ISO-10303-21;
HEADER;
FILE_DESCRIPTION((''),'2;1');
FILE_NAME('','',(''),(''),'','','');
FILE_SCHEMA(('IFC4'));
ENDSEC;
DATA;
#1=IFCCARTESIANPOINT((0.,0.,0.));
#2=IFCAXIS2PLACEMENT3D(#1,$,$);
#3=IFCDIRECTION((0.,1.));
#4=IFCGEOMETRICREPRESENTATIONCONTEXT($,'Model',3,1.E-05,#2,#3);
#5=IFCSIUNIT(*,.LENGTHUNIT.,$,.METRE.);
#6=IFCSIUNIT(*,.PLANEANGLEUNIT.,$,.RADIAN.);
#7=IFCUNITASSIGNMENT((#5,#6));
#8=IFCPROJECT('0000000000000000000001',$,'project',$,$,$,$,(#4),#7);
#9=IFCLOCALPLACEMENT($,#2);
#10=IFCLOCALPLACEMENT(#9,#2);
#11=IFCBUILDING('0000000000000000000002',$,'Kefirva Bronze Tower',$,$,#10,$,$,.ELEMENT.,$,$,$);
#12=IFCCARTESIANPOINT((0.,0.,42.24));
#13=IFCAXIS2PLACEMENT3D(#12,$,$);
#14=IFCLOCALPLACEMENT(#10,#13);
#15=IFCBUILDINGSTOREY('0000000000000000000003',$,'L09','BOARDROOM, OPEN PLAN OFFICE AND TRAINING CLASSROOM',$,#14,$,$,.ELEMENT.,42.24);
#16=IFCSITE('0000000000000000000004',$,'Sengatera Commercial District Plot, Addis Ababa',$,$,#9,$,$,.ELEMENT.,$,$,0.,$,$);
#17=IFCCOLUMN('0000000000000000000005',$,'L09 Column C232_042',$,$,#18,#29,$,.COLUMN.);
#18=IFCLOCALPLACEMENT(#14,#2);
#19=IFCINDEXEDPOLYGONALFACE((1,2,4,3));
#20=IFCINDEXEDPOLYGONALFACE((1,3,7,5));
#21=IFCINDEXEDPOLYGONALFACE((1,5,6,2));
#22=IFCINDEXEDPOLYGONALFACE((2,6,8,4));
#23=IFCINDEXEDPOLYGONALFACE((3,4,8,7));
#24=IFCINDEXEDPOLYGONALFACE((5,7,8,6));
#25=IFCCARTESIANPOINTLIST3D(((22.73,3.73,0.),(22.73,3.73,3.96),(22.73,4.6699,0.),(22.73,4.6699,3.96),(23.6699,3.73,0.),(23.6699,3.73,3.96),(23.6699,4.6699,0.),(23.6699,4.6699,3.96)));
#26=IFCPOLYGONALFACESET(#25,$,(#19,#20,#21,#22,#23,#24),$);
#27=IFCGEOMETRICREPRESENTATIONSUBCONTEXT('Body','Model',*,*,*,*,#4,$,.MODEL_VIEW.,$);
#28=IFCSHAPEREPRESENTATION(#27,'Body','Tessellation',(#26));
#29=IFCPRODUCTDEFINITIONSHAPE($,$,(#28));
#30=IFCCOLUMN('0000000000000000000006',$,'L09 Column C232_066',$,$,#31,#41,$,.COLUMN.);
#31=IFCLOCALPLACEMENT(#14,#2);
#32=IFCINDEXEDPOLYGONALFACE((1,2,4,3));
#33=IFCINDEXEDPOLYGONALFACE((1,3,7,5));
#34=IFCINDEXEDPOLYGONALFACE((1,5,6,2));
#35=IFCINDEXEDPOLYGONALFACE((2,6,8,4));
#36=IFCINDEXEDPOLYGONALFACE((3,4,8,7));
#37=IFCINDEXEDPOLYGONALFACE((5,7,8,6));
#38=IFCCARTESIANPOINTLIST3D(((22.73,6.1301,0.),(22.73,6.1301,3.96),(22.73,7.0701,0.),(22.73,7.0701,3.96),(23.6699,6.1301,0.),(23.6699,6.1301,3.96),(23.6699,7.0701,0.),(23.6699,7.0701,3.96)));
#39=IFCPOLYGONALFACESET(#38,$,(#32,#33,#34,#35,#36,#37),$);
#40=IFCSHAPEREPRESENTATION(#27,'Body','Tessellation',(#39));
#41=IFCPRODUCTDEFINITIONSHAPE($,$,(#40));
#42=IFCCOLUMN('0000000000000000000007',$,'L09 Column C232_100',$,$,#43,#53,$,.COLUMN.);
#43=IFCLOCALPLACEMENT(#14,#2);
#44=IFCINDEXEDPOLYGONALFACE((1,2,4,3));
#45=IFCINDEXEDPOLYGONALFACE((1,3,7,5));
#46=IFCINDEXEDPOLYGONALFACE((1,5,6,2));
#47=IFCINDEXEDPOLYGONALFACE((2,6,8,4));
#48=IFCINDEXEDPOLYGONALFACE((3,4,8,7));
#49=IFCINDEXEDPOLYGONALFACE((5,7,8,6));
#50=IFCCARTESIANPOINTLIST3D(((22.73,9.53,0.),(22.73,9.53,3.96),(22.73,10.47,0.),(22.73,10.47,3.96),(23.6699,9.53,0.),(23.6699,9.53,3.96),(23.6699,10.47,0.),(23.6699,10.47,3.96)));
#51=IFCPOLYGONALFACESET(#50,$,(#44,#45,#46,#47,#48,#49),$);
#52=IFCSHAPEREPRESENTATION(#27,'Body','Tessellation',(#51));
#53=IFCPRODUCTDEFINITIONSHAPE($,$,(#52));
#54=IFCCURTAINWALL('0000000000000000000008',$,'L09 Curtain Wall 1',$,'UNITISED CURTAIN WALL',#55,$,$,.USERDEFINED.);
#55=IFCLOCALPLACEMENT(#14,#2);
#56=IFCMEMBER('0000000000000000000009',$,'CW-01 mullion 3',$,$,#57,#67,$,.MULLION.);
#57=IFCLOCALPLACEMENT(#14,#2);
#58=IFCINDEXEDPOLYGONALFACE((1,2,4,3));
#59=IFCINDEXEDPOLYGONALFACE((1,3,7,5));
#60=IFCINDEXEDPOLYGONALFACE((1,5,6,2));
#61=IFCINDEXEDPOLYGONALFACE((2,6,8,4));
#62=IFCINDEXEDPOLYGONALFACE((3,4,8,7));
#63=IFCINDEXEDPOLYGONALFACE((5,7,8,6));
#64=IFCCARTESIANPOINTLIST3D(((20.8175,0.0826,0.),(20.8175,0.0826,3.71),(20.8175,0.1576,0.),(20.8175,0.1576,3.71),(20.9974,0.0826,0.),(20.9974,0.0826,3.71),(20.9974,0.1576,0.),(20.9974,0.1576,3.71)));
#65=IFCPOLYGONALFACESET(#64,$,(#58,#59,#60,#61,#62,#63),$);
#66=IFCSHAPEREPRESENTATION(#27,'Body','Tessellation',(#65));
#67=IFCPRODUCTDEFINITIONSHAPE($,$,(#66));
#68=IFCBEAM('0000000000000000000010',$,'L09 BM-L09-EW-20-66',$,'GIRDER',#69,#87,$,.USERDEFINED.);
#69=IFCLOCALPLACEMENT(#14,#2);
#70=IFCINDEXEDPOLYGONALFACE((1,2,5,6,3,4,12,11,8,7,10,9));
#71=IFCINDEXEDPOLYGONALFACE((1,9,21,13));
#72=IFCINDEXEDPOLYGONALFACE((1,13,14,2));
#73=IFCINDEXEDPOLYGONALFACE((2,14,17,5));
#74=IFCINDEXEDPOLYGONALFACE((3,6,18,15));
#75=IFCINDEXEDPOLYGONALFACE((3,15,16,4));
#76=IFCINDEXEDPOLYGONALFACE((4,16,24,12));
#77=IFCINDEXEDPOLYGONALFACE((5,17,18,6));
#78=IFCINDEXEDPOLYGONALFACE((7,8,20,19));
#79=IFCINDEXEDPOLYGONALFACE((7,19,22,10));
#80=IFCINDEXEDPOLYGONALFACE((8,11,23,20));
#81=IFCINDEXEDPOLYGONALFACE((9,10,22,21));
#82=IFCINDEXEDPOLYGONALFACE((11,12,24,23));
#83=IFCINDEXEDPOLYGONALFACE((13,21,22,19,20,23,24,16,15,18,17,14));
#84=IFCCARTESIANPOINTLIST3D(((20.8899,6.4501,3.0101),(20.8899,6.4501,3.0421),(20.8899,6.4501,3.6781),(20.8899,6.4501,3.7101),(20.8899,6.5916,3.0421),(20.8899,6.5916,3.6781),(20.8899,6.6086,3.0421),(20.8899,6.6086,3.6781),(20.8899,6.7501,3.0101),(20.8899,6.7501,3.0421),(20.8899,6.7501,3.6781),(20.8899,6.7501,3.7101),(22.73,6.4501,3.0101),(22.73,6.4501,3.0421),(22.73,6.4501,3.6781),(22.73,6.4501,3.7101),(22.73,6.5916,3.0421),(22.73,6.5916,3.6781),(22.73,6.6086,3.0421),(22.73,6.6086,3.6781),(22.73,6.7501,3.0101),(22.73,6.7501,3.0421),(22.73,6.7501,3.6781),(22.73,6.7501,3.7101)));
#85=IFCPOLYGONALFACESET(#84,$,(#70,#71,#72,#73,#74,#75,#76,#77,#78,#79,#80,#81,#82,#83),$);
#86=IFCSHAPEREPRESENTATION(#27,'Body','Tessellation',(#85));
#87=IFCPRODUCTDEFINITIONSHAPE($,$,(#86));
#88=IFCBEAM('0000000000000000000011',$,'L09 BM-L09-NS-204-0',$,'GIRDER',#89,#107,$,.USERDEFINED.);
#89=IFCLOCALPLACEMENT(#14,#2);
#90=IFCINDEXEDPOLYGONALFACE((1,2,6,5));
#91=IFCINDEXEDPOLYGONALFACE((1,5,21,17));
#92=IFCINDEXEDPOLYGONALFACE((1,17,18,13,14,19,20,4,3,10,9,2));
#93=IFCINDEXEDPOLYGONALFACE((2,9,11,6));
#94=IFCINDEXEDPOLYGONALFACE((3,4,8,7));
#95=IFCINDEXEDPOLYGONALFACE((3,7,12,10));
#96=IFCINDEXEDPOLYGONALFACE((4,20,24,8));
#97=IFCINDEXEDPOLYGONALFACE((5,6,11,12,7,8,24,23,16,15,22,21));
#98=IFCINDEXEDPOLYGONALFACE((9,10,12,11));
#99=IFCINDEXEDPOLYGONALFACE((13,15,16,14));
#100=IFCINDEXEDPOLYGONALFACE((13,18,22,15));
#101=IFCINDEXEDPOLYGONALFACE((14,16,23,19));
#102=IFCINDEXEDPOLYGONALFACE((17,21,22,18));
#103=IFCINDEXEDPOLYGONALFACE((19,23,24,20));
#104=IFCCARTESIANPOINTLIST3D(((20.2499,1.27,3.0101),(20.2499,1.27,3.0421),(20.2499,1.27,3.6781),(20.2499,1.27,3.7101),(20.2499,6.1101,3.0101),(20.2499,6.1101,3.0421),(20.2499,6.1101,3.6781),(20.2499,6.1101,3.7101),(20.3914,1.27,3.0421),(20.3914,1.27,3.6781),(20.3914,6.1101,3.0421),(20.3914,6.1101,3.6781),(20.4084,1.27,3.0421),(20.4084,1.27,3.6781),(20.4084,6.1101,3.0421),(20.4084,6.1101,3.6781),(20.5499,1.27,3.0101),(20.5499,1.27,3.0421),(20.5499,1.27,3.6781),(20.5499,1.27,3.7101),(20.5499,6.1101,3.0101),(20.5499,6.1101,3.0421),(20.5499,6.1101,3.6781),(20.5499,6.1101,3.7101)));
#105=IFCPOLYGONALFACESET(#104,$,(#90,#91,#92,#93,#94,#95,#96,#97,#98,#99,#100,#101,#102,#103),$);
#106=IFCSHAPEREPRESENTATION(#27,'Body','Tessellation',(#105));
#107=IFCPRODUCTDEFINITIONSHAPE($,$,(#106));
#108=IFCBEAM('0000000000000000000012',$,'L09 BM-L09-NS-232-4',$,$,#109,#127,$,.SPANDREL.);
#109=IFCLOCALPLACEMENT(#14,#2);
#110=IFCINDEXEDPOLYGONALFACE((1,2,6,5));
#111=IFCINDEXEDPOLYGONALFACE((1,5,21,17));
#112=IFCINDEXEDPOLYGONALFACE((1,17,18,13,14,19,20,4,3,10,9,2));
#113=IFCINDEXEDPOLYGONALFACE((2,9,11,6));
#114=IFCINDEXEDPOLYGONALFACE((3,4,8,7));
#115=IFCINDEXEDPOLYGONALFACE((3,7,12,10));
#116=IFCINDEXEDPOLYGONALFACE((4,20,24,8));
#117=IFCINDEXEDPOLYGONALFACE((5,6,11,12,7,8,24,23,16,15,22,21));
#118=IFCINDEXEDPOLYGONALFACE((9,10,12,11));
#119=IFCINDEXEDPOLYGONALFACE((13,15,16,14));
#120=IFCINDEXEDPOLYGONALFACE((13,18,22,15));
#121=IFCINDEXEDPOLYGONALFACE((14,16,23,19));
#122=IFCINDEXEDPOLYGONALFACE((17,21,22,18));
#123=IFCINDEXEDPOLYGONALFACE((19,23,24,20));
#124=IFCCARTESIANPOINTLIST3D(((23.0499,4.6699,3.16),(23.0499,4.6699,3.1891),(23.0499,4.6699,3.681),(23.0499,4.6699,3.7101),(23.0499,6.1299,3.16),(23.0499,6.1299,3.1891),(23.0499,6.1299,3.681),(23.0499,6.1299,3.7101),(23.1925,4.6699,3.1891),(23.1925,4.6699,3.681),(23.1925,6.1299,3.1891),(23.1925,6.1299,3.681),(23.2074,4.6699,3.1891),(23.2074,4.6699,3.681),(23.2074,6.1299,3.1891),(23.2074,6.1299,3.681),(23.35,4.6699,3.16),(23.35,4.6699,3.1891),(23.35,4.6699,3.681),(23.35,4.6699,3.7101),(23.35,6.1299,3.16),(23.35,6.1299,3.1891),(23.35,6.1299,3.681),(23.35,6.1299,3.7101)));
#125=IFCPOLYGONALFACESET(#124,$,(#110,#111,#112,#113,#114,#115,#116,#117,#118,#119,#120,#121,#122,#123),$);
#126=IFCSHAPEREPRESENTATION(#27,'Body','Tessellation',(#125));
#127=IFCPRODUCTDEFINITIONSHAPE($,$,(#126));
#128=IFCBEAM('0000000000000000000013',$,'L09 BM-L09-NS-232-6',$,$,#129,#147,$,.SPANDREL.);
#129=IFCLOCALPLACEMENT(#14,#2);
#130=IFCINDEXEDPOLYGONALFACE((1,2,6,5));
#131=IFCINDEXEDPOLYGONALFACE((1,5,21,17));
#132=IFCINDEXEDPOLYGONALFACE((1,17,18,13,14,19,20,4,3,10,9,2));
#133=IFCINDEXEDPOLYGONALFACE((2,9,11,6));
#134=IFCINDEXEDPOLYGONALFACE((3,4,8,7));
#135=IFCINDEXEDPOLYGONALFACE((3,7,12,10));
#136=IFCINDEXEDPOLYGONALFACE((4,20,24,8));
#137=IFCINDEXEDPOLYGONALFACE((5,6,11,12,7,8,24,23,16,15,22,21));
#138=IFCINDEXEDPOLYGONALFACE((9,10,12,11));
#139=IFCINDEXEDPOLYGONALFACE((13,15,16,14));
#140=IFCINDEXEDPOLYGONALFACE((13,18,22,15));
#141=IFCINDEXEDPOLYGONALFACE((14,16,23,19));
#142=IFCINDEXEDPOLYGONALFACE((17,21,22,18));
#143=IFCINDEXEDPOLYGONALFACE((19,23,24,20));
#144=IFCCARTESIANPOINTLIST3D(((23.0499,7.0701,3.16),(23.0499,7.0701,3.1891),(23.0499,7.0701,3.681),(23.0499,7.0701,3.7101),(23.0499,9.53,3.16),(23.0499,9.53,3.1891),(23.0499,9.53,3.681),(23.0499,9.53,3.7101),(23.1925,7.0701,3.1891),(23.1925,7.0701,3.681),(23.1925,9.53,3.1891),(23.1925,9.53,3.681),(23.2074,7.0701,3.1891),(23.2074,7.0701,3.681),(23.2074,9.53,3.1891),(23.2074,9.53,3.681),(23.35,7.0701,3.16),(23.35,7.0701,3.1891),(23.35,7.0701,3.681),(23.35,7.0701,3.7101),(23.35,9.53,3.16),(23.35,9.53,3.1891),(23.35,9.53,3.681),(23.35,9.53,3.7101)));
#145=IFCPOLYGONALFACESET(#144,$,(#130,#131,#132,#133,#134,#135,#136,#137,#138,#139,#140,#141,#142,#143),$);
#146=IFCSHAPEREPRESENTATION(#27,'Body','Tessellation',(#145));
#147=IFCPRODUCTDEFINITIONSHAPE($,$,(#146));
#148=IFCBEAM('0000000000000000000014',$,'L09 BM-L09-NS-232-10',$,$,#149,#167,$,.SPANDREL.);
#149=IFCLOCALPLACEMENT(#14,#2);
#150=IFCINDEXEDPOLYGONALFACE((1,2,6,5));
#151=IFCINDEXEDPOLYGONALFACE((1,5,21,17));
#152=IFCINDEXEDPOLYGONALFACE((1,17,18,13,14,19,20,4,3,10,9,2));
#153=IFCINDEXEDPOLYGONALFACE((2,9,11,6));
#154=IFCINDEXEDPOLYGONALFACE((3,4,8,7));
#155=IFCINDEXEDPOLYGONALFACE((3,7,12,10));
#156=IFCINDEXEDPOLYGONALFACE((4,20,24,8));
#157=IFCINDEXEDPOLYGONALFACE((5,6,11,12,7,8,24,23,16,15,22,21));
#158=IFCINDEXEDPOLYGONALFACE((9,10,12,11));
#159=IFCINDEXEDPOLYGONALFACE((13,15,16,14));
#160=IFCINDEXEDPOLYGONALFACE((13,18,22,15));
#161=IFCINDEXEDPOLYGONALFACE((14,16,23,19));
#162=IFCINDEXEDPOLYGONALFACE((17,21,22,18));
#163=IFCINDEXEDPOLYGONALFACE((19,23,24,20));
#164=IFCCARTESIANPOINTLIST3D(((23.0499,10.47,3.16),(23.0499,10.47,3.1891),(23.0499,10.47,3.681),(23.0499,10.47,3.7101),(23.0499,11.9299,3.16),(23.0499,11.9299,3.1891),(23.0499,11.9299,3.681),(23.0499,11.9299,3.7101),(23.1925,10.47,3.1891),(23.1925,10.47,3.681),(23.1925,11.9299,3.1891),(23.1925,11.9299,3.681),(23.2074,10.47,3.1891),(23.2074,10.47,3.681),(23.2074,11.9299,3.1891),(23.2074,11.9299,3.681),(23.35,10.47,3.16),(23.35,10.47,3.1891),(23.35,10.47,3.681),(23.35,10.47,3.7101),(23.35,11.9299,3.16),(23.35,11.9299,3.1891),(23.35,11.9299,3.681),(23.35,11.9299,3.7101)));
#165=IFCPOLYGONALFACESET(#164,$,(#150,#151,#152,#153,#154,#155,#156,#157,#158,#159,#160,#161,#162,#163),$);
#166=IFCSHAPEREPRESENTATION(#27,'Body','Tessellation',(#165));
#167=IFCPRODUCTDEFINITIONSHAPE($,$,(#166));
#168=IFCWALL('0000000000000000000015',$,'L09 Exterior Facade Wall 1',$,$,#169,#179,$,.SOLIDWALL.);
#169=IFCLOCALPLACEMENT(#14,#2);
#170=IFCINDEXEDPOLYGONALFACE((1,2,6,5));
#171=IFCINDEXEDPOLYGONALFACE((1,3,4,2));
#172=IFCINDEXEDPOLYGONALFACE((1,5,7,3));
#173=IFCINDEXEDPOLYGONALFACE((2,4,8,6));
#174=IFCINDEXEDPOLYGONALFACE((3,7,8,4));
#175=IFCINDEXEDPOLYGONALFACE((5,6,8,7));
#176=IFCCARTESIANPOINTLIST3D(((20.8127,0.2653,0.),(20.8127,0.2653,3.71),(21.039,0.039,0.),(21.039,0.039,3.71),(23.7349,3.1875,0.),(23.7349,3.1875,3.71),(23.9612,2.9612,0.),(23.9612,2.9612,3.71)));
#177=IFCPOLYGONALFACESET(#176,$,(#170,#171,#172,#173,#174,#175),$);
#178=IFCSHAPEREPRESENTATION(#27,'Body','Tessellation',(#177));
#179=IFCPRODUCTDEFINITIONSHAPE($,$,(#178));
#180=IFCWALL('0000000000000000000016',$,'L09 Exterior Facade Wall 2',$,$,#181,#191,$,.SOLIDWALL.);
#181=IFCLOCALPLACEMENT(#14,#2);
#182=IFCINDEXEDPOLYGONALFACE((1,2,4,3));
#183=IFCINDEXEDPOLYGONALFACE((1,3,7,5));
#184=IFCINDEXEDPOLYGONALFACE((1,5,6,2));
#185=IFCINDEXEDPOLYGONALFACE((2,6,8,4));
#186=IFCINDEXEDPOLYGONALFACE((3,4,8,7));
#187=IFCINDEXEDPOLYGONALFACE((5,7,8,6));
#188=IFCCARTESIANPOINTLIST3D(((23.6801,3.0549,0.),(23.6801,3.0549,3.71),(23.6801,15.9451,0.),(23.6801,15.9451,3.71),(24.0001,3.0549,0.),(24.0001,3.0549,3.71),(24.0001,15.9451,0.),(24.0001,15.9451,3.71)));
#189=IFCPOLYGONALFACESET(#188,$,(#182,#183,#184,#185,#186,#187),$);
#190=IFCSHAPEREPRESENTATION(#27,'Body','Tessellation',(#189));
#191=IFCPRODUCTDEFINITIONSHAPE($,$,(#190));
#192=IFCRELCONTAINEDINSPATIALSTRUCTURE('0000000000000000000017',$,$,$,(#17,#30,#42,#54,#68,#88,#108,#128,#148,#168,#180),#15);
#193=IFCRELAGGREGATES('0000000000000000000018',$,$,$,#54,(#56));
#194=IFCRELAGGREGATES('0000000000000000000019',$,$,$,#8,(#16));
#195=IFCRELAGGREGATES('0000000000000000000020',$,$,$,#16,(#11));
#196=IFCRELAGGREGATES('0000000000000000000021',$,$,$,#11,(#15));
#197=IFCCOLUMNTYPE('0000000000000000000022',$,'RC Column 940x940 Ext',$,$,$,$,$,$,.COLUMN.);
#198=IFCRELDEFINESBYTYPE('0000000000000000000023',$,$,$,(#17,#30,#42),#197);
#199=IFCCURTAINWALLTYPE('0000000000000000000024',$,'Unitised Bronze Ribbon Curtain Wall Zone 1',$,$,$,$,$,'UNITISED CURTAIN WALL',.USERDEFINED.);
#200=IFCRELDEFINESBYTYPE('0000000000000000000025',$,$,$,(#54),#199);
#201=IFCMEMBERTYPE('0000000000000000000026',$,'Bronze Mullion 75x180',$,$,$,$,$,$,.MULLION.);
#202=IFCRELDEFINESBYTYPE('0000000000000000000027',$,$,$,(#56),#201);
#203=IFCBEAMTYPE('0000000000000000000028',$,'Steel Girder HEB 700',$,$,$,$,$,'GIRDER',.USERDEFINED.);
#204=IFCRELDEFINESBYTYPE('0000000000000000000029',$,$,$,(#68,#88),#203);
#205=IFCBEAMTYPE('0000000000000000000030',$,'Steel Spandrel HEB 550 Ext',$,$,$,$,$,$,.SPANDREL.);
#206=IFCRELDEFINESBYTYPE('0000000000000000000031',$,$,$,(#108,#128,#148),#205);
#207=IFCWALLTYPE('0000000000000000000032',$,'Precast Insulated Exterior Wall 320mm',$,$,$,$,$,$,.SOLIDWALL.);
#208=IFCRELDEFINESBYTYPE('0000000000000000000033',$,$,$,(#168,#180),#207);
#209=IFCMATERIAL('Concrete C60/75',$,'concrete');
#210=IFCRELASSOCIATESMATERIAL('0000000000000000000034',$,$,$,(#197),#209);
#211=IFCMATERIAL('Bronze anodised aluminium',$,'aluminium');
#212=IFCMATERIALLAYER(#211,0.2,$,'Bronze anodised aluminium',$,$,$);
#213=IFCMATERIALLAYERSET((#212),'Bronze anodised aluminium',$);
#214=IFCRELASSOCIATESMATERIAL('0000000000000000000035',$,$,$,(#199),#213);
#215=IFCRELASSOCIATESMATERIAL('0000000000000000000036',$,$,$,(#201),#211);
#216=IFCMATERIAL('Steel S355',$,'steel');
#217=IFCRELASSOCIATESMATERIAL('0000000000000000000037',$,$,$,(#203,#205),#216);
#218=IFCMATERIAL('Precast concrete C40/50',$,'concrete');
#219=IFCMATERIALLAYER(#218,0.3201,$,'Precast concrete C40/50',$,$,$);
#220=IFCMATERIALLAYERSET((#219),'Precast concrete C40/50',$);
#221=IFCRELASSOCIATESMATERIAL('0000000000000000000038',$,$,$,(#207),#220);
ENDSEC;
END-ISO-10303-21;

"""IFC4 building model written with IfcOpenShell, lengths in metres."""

from ifc_helpers import new_model, si_unit, direction, frame, frame_2d, origin, origin_2d, place, context, subcontext, project, spatial, rectangle, i_section, extrude, material, layer, layer_set, material_profile, profile_set, type_object, element, aggregate, save


model = new_model("IFC4")

# Units and contexts
model_context = context("Model", 3, precision=1e-05, world=origin(), true_north=direction((0.0, 1.0)))
body_context = subcontext(model_context, "Body", "Model", "MODEL_VIEW")
ifc_project = project(units=[si_unit("LENGTHUNIT", "METRE"), si_unit("PLANEANGLEUNIT", "RADIAN")], contexts=[model_context])

# Site, building, storey
site_placement = place(None, origin())
site = spatial("IfcSite", under=ifc_project, at=site_placement, Name="Sengatera Commercial District Plot, Addis Ababa", CompositionType="ELEMENT", RefElevation=0.0)
building_placement = place(site_placement, origin())
building = spatial("IfcBuilding", under=site, at=building_placement, Name="Kefirva Bronze Tower", CompositionType="ELEMENT")
storey_placement = place(building_placement, frame((0.0, 0.0, 42.24)))
storey = spatial("IfcBuildingStorey", under=building, at=storey_placement, Name="L09", Description="BOARDROOM, OPEN PLAN OFFICE AND TRAINING CLASSROOM", CompositionType="ELEMENT", Elevation=42.24)

# Columns
ifc_material_1 = material(Name="Concrete C60/75", Category="concrete")
ifc_material_profile_1 = material_profile(ifc_material_1, rectangle(XDim=0.9399, YDim=0.9399, at=origin_2d()), Name="RC 940x940")
ifc_profile_set_1 = profile_set([ifc_material_profile_1], Name="Concrete C60/75")
column_type = type_object("IfcColumnType", Name="RC Column 940x940 Ext", PredefinedType="COLUMN", material=ifc_profile_set_1)
for number, where, z_axis, x_axis, name in (
    (1, (23.2, 4.2, 0.0), (0.0, 0.0, 1.0), (1.0, 0.0, 0.0), "L09 Column C232_042"),
    (2, (23.2, 6.6001, 0.0), (0.0, 0.0, 1.0), (1.0, 0.0, 0.0), "L09 Column C232_066"),
    (3, (23.2, 10.0, 0.0), (0.0, 0.0, 1.0), (1.0, 0.0, 0.0), "L09 Column C232_100"),
):
    element("IfcColumn", number, at=place(storey_placement, frame(where, z_axis=z_axis, x_axis=x_axis)), inside=storey, type_object=column_type, Name=name, PredefinedType="COLUMN", context=body_context, shape_type="SweptSolid", body=[
        extrude(rectangle(XDim=0.9399, YDim=0.9399, at=origin_2d()), origin(), (0.0, 0.0, 1.0), 3.96),
    ])

# Curtain wall, member
ifc_material_2 = material(Name="Bronze anodised aluminium", Category="aluminium")
ifc_layer_1 = layer(ifc_material_2, 0.2, Name="Bronze anodised aluminium")
ifc_layer_set_1 = layer_set([ifc_layer_1], Name="Bronze anodised aluminium")
curtain_wall_type = type_object("IfcCurtainWallType", Name="Unitised Bronze Ribbon Curtain Wall Zone 1", ElementType="UNITISED CURTAIN WALL", PredefinedType="USERDEFINED", material=ifc_layer_set_1)
curtain_wall_placement = place(storey_placement, origin())
curtain_wall = element("IfcCurtainWall", 4, at=curtain_wall_placement, inside=storey, type_object=curtain_wall_type, Name="L09 Curtain Wall 1", ObjectType="UNITISED CURTAIN WALL", PredefinedType="USERDEFINED")
ifc_material_profile_2 = material_profile(ifc_material_2, rectangle(XDim=0.075, YDim=0.1799, at=origin_2d()), Name="ALU 75x180")
ifc_profile_set_2 = profile_set([ifc_material_profile_2], Name="Bronze anodised aluminium")
member_type = type_object("IfcMemberType", Name="Bronze Mullion 75x180", PredefinedType="MULLION", material=ifc_profile_set_2)
member_placement = place(storey_placement, frame((20.9075, 0.1201, 0.0), z_axis=(0.0, 0.0, 1.0), x_axis=(0.0, 1.0, 0.0)))
member = element("IfcMember", 5, at=member_placement, type_object=member_type, Name="CW-01 mullion 3", PredefinedType="MULLION", context=body_context, shape_type="SweptSolid", body=[
    extrude(rectangle(XDim=0.075, YDim=0.1799, at=origin_2d()), origin(), (0.0, 0.0, 1.0), 3.71),
])
aggregate(curtain_wall, [member])

# Beams
ifc_material_3 = material(Name="Steel S355", Category="steel")
ifc_material_profile_3 = material_profile(ifc_material_3, i_section(OverallWidth=0.3, OverallDepth=0.7, WebThickness=0.0171, FlangeThickness=0.032, at=origin_2d()), Name="HEB 700")
ifc_profile_set_3 = profile_set([ifc_material_profile_3], Name="Steel S355")
beam_type_1 = type_object("IfcBeamType", Name="Steel Girder HEB 700", ElementType="GIRDER", PredefinedType="USERDEFINED", material=ifc_profile_set_3)
beam_1_placement = place(storey_placement, frame((20.8899, 6.6001, 3.3601), z_axis=(1.0, 0.0, 0.0), x_axis=(0.0, 1.0, 0.0)))
element("IfcBeam", 6, at=beam_1_placement, inside=storey, type_object=beam_type_1, Name="L09 BM-L09-EW-20-66", ObjectType="GIRDER", PredefinedType="USERDEFINED", context=body_context, shape_type="SweptSolid", body=[
    extrude(i_section(OverallWidth=0.3, OverallDepth=0.7, WebThickness=0.0171, FlangeThickness=0.032, at=origin_2d()), origin(), (0.0, 0.0, 1.0), 1.8401),
])
beam_2_placement = place(storey_placement, frame((20.3999, 1.27, 3.3601), z_axis=(0.0, 1.0, 0.0), x_axis=(-1.0, 0.0, 0.0)))
element("IfcBeam", 7, at=beam_2_placement, inside=storey, type_object=beam_type_1, Name="L09 BM-L09-NS-204-0", ObjectType="GIRDER", PredefinedType="USERDEFINED", context=body_context, shape_type="SweptSolid", body=[
    extrude(i_section(OverallWidth=0.3, OverallDepth=0.7, WebThickness=0.0171, FlangeThickness=0.032, at=origin_2d()), origin(), (0.0, 0.0, 1.0), 4.8401),
])
ifc_material_profile_4 = material_profile(ifc_material_3, i_section(OverallWidth=0.3, OverallDepth=0.55, WebThickness=0.0149, FlangeThickness=0.0291, at=origin_2d()), Name="HEB 550")
ifc_profile_set_4 = profile_set([ifc_material_profile_4], Name="Steel S355")
beam_type_2 = type_object("IfcBeamType", Name="Steel Spandrel HEB 550 Ext", PredefinedType="SPANDREL", material=ifc_profile_set_4)
beam_3_placement = place(storey_placement, frame((23.2, 4.6699, 3.4351), z_axis=(0.0, 1.0, 0.0), x_axis=(-1.0, 0.0, 0.0)))
element("IfcBeam", 8, at=beam_3_placement, inside=storey, type_object=beam_type_2, Name="L09 BM-L09-NS-232-4", PredefinedType="SPANDREL", context=body_context, shape_type="SweptSolid", body=[
    extrude(i_section(OverallWidth=0.3, OverallDepth=0.55, WebThickness=0.0149, FlangeThickness=0.0291, at=origin_2d()), origin(), (0.0, 0.0, 1.0), 1.46),
])
beam_4_placement = place(storey_placement, frame((23.2, 7.0701, 3.4351), z_axis=(0.0, 1.0, 0.0), x_axis=(-1.0, 0.0, 0.0)))
element("IfcBeam", 9, at=beam_4_placement, inside=storey, type_object=beam_type_2, Name="L09 BM-L09-NS-232-6", PredefinedType="SPANDREL", context=body_context, shape_type="SweptSolid", body=[
    extrude(i_section(OverallWidth=0.3, OverallDepth=0.55, WebThickness=0.0149, FlangeThickness=0.0291, at=origin_2d()), origin(), (0.0, 0.0, 1.0), 2.46),
])
beam_5_placement = place(storey_placement, frame((23.2, 10.47, 3.4351), z_axis=(0.0, 1.0, 0.0), x_axis=(-1.0, 0.0, 0.0)))
element("IfcBeam", 10, at=beam_5_placement, inside=storey, type_object=beam_type_2, Name="L09 BM-L09-NS-232-10", PredefinedType="SPANDREL", context=body_context, shape_type="SweptSolid", body=[
    extrude(i_section(OverallWidth=0.3, OverallDepth=0.55, WebThickness=0.0149, FlangeThickness=0.0291, at=origin_2d()), origin(), (0.0, 0.0, 1.0), 1.46),
])

# Walls
ifc_material_4 = material(Name="Precast concrete C40/50", Category="concrete")
ifc_layer_2 = layer(ifc_material_4, 0.3201, Name="Precast concrete C40/50")
ifc_layer_set_2 = layer_set([ifc_layer_2], Name="Precast concrete C40/50")
wall_type_1 = type_object("IfcWallType", Name="Precast Insulated Exterior Wall 320mm", PredefinedType="SOLIDWALL", material=ifc_layer_set_2)
wall_1_placement = place(storey_placement, frame((20.9258, 0.1521, 0.0), z_axis=(0.0, 0.0, 1.0), x_axis=(0.707107, 0.707107, 0.0)))
element("IfcWall", 11, at=wall_1_placement, inside=storey, type_object=wall_type_1, Name="L09 Exterior Facade Wall 1", PredefinedType="SOLIDWALL", context=body_context, shape_type="SweptSolid", body=[
    extrude(rectangle(XDim=4.1326, YDim=0.3201, at=frame_2d((2.0664, 0.0))), origin(), (0.0, 0.0, 1.0), 3.71),
])
wall_2_placement = place(storey_placement, frame((23.8401, 3.0549, 0.0), z_axis=(0.0, 0.0, 1.0), x_axis=(0.0, 1.0, 0.0)))
element("IfcWall", 12, at=wall_2_placement, inside=storey, type_object=wall_type_1, Name="L09 Exterior Facade Wall 2", PredefinedType="SOLIDWALL", context=body_context, shape_type="SweptSolid", body=[
    extrude(rectangle(XDim=12.8901, YDim=0.3201, at=frame_2d((6.4451, 0.0))), origin(), (0.0, 0.0, 1.0), 3.71),
])

save(model, "model.ifc")
